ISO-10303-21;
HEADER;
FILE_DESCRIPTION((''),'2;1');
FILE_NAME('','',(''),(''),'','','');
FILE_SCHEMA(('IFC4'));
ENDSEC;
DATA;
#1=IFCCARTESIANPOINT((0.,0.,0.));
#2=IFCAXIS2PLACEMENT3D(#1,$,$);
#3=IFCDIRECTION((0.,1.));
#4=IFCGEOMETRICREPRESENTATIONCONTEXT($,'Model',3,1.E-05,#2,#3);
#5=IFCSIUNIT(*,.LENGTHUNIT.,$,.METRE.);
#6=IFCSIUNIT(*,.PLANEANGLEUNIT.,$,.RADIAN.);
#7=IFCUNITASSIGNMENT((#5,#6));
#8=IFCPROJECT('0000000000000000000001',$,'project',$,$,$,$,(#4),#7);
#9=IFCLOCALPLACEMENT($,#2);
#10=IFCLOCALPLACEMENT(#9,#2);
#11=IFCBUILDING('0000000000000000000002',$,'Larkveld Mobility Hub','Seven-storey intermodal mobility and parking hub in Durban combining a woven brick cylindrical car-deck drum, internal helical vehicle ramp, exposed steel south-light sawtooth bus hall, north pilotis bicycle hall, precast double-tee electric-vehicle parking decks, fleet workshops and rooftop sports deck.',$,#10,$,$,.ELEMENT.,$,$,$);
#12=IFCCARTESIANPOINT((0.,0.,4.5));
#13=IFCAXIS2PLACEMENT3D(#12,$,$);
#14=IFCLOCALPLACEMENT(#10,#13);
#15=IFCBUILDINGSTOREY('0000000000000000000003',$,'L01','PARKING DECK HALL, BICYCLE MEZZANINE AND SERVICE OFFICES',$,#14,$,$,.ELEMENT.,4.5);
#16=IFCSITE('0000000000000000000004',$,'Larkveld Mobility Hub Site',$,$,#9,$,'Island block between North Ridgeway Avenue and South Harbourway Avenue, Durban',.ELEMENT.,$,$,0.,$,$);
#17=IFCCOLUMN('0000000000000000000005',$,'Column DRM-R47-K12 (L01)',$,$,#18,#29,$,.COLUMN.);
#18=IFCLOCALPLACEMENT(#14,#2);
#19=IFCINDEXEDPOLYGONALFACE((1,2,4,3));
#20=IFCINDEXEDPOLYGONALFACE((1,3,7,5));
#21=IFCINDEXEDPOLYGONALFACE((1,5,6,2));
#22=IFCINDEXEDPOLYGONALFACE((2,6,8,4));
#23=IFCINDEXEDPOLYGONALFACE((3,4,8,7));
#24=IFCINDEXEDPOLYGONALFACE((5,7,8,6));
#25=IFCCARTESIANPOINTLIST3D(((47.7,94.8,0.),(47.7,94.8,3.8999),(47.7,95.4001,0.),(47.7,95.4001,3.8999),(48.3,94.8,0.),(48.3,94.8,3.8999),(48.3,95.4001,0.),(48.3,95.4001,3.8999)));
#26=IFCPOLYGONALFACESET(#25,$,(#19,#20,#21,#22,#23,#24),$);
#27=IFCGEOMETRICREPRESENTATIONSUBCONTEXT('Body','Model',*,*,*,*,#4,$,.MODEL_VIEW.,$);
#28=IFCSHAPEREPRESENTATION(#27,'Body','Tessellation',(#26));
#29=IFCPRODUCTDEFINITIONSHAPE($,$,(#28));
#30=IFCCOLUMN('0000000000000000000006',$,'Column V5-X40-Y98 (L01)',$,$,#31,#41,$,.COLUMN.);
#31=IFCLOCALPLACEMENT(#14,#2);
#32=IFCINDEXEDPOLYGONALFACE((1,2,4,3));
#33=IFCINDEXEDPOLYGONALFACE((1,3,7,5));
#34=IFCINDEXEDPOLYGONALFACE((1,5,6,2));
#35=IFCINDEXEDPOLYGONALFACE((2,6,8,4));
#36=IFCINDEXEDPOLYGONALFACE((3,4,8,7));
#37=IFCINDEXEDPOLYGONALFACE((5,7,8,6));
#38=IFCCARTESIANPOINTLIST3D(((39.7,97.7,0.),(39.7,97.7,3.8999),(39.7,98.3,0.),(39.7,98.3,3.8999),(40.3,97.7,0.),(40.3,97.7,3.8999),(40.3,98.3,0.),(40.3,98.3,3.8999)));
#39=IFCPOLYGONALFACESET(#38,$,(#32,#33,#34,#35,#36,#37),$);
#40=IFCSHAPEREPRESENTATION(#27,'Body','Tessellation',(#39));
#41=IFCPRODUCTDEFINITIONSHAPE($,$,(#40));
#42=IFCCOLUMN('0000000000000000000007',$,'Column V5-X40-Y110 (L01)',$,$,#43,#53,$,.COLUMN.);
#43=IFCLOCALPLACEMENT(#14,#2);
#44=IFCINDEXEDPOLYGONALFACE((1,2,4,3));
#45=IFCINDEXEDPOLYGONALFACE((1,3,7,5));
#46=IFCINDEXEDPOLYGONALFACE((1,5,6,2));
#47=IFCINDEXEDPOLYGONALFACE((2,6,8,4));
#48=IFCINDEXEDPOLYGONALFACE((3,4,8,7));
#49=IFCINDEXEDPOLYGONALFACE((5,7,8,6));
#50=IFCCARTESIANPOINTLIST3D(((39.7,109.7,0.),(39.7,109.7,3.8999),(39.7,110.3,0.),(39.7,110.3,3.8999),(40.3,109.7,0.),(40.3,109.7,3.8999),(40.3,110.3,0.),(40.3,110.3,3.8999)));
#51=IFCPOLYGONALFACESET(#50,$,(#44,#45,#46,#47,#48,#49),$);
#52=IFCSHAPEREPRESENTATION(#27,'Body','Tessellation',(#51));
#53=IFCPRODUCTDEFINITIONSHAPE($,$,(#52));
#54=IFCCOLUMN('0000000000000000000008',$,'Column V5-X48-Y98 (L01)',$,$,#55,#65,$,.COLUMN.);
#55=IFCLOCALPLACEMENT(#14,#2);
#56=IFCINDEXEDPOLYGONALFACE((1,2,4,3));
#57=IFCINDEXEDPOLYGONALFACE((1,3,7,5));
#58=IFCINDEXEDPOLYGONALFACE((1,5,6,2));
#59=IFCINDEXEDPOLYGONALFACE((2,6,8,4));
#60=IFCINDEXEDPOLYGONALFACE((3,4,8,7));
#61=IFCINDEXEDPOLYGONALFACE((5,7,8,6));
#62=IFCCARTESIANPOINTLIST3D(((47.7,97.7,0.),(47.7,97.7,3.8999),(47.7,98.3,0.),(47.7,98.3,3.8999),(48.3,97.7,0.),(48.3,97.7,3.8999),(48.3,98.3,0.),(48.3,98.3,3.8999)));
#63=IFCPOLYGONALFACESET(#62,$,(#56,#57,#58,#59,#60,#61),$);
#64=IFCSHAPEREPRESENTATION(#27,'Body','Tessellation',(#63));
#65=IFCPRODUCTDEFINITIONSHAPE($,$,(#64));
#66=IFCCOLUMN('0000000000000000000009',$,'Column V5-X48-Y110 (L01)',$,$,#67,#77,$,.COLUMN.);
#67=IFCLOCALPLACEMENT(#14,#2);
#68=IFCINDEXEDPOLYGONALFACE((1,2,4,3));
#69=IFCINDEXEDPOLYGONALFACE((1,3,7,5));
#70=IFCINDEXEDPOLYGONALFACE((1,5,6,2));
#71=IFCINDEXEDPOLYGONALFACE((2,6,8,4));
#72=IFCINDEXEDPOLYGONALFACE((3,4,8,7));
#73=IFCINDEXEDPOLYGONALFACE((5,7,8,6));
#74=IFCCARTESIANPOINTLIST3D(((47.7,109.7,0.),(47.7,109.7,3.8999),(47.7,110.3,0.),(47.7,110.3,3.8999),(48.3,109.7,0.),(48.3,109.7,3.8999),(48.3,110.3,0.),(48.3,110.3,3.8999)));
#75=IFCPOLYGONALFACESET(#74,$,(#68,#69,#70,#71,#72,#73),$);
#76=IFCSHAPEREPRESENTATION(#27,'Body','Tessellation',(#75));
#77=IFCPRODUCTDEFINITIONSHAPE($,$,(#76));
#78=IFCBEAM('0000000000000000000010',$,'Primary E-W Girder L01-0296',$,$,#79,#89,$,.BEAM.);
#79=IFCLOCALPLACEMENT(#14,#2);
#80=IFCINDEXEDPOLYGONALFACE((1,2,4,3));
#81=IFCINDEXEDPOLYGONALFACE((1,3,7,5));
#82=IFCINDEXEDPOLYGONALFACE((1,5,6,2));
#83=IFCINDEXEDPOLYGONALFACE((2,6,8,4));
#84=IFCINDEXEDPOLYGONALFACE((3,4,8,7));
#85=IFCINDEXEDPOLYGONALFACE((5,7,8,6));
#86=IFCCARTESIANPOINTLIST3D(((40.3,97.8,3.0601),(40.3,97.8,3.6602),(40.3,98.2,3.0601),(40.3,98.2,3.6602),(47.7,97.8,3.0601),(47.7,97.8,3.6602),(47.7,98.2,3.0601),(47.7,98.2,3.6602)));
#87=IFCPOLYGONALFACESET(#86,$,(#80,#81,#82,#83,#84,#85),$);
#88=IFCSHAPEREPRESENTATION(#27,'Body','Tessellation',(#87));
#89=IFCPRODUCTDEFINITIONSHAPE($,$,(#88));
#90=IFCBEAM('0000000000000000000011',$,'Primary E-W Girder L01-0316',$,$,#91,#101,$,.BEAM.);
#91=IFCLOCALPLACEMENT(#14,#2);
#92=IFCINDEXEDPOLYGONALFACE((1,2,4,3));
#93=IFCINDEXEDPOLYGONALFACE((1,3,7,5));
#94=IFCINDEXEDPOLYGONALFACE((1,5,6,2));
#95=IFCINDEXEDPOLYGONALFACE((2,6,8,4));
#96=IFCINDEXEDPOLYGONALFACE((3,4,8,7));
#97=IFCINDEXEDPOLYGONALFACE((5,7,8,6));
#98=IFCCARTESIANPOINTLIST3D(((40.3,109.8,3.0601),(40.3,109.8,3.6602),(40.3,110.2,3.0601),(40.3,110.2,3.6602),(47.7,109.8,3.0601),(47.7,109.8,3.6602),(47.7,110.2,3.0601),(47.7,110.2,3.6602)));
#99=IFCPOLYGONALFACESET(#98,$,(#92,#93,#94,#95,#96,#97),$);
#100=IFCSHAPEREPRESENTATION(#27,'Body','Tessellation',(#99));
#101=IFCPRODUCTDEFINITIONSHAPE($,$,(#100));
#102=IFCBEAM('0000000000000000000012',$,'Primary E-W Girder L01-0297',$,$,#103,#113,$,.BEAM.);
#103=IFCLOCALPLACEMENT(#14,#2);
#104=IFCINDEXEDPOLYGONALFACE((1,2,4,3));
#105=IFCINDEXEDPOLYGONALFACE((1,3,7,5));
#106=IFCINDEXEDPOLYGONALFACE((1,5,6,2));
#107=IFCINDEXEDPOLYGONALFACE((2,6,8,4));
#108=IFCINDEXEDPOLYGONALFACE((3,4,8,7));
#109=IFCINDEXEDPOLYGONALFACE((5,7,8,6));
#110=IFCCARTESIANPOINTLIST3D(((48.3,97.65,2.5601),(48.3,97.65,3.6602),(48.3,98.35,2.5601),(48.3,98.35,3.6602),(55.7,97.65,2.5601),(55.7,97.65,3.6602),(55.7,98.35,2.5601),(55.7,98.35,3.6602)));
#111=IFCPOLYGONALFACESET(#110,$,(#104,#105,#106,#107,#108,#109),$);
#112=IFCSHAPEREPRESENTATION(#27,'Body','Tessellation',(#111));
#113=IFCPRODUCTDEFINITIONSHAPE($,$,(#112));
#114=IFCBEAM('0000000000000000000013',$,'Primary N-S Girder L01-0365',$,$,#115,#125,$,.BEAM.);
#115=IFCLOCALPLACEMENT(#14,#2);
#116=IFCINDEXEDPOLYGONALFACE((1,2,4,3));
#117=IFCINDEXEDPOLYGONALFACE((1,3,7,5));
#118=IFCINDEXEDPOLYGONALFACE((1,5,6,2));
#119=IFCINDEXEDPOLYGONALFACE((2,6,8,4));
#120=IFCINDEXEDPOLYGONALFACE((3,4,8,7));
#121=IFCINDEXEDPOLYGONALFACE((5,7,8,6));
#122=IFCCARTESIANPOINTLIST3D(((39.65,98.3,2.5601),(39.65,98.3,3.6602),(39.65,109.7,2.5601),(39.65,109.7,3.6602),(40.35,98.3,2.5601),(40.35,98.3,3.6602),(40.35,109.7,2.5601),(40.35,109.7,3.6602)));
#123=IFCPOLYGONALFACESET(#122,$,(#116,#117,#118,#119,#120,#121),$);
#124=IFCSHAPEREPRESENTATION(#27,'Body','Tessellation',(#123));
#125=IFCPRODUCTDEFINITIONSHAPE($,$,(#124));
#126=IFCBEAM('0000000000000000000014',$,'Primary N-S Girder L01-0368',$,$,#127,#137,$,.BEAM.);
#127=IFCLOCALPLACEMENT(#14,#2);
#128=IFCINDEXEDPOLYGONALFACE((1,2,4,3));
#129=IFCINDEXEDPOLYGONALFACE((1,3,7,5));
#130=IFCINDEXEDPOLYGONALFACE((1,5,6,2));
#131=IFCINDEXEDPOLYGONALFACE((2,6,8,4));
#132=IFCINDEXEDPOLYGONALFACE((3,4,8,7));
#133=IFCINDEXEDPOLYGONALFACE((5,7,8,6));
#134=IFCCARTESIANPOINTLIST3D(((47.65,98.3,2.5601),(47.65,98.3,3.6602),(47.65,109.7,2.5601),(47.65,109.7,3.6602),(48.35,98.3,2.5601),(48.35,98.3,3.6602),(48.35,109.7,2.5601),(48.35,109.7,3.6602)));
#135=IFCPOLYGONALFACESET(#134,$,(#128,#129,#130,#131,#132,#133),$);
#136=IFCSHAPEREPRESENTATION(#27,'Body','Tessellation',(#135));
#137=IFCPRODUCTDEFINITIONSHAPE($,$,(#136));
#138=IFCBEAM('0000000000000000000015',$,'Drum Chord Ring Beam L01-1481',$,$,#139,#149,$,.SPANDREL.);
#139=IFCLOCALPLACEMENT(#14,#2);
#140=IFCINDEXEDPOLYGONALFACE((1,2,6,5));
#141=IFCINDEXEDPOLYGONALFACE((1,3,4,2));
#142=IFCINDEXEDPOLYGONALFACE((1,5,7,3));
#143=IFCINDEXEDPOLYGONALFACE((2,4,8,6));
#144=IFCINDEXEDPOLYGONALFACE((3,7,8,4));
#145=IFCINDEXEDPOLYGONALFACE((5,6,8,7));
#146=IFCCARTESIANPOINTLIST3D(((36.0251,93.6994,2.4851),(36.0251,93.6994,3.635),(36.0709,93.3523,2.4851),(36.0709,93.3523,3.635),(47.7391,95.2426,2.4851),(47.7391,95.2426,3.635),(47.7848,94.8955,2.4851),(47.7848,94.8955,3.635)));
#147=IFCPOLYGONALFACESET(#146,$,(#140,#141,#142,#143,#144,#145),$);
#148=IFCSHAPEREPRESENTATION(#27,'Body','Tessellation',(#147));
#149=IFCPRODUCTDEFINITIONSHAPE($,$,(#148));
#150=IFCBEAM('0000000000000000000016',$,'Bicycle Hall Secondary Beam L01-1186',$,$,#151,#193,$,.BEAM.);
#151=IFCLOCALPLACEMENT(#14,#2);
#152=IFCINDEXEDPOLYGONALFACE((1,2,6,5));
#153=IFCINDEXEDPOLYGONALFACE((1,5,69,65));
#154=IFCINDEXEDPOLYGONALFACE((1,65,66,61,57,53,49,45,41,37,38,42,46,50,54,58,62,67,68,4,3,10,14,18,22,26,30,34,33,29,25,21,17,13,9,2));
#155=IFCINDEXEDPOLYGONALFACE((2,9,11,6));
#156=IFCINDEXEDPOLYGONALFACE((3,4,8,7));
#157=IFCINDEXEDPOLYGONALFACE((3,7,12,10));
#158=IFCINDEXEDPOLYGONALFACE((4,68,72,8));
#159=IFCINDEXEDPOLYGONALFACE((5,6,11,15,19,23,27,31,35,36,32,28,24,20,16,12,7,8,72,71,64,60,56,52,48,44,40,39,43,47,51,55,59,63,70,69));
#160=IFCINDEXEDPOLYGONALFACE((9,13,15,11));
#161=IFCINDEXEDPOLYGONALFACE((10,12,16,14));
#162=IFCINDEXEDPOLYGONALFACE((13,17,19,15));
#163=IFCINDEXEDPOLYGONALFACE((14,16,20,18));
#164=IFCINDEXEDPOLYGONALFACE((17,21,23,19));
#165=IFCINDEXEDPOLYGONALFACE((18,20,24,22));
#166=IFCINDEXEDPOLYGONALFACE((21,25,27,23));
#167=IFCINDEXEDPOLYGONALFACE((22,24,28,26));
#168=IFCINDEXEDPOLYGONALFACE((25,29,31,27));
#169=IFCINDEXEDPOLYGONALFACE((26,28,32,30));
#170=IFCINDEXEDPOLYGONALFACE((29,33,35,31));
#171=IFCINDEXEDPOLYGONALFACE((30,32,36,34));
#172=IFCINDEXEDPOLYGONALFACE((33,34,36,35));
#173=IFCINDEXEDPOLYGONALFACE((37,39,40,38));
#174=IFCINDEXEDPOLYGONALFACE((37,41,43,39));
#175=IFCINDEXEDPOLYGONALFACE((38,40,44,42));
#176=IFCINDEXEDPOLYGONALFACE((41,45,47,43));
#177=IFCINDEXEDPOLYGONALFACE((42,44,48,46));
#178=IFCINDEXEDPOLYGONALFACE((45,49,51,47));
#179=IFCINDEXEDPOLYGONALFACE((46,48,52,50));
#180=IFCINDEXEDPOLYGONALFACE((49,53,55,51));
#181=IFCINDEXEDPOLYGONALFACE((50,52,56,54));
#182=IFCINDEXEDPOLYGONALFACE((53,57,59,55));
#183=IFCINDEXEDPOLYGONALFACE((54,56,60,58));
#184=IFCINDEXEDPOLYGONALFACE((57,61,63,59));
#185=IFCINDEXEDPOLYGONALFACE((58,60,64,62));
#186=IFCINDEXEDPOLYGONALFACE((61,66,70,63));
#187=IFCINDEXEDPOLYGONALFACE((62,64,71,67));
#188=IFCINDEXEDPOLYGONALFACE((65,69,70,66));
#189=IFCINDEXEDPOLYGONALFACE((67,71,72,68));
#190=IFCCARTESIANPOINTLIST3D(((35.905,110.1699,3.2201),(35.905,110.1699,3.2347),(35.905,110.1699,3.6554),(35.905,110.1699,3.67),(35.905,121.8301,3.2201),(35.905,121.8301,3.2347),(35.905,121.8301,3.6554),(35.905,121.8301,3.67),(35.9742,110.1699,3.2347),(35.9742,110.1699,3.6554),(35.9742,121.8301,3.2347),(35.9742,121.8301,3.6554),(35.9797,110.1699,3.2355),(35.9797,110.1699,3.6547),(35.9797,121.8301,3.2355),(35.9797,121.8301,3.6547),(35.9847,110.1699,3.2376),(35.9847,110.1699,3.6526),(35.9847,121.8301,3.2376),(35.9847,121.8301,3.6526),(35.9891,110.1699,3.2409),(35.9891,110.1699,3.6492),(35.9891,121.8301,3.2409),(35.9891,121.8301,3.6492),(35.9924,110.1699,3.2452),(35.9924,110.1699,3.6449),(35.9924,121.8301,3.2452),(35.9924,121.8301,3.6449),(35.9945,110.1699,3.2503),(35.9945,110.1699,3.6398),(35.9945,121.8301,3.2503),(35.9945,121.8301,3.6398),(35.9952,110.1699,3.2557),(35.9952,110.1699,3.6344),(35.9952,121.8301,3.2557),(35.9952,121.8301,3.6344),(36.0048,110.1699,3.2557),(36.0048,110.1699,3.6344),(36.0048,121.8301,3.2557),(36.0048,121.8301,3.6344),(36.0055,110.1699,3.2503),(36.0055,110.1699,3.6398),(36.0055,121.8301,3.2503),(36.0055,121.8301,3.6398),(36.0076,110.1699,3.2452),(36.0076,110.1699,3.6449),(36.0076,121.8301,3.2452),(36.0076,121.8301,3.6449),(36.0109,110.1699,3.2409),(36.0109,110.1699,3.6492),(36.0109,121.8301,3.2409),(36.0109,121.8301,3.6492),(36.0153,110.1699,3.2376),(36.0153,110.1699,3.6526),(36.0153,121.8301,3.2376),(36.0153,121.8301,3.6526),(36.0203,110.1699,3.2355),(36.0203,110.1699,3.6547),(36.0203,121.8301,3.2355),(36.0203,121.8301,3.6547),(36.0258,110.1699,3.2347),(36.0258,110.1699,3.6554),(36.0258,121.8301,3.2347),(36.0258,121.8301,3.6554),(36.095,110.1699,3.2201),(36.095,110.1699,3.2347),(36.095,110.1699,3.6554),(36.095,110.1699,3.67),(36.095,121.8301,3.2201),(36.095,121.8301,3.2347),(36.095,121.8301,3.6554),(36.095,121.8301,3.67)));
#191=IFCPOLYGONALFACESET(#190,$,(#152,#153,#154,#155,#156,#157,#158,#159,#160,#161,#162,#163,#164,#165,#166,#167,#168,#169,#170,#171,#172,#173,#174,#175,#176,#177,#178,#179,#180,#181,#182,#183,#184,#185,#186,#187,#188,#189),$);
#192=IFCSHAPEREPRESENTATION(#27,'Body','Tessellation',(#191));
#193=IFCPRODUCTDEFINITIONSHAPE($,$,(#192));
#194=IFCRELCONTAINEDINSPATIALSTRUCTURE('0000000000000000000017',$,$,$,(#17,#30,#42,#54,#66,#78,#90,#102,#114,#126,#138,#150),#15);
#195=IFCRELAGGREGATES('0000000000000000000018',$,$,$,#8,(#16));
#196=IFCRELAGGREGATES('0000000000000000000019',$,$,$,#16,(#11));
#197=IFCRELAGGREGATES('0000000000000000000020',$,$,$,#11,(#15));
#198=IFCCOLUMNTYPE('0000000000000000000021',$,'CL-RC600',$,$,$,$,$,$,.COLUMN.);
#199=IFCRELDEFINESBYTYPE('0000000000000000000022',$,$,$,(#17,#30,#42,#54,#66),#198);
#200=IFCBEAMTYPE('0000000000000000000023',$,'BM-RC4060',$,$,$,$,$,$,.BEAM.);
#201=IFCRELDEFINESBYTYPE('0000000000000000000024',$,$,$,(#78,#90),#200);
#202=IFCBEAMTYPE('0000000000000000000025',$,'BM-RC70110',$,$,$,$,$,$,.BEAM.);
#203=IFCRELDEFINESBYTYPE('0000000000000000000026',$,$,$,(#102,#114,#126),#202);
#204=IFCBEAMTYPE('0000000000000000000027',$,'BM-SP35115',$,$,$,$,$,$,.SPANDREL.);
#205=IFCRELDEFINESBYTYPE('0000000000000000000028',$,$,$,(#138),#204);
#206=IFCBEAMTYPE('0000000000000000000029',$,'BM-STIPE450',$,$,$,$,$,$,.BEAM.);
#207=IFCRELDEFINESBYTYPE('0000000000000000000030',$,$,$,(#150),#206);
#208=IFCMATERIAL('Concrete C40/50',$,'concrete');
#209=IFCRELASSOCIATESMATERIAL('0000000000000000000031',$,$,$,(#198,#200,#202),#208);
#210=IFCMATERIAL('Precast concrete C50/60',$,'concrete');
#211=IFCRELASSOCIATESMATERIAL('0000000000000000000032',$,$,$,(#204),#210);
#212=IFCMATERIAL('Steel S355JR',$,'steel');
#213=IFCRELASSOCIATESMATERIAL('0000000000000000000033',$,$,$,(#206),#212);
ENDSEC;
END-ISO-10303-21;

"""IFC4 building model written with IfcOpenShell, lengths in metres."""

from ifc_helpers import new_model, si_unit, direction, frame, origin, origin_2d, place, context, subcontext, project, spatial, rectangle, i_section, extrude, material, material_profile, profile_set, type_object, element, save


model = new_model("IFC4")

# Units and contexts
model_context = context("Model", 3, precision=1e-05, world=origin(), true_north=direction((0.0, 1.0)))
body_context = subcontext(model_context, "Body", "Model", "MODEL_VIEW")
ifc_project = project(units=[si_unit("LENGTHUNIT", "METRE"), si_unit("PLANEANGLEUNIT", "RADIAN")], contexts=[model_context])

# Site, building, storey
site_placement = place(None, origin())
site = spatial("IfcSite", under=ifc_project, at=site_placement, Name="Larkveld Mobility Hub Site", LongName="Island block between North Ridgeway Avenue and South Harbourway Avenue, Durban", CompositionType="ELEMENT", RefElevation=0.0)
building_placement = place(site_placement, origin())
building = spatial("IfcBuilding", under=site, at=building_placement, Name="Larkveld Mobility Hub", Description="Seven-storey intermodal mobility and parking hub in Durban combining a woven brick cylindrical car-deck drum, internal helical vehicle ramp, exposed steel south-light sawtooth bus hall, north pilotis bicycle hall, precast double-tee electric-vehicle parking decks, fleet workshops and rooftop sports deck.", CompositionType="ELEMENT")
storey_placement = place(building_placement, frame((0.0, 0.0, 4.5)))
storey = spatial("IfcBuildingStorey", under=building, at=storey_placement, Name="L01", Description="PARKING DECK HALL, BICYCLE MEZZANINE AND SERVICE OFFICES", CompositionType="ELEMENT", Elevation=4.5)

# Columns
ifc_material_1 = material(Name="Concrete C40/50", Category="concrete")
ifc_material_profile_1 = material_profile(ifc_material_1, rectangle(XDim=0.6001, YDim=0.6001, at=origin_2d()), Name="RC COL 600x600")
ifc_profile_set_1 = profile_set([ifc_material_profile_1], Name="Concrete C40/50")
column_type = type_object("IfcColumnType", Name="CL-RC600", PredefinedType="COLUMN", material=ifc_profile_set_1)
for number, where, z_axis, x_axis, name in (
    (1, (48.0, 95.1001, 0.0), (0.0, 0.0, 1.0), (0.0, 1.0, 0.0), "Column DRM-R47-K12 (L01)"),
    (2, (40.0, 98.0, 0.0), (0.0, 0.0, 1.0), (1.0, 0.0, 0.0), "Column V5-X40-Y98 (L01)"),
    (3, (40.0, 110.0, 0.0), (0.0, 0.0, 1.0), (1.0, 0.0, 0.0), "Column V5-X40-Y110 (L01)"),
    (4, (48.0, 98.0, 0.0), (0.0, 0.0, 1.0), (1.0, 0.0, 0.0), "Column V5-X48-Y98 (L01)"),
    (5, (48.0, 110.0, 0.0), (0.0, 0.0, 1.0), (1.0, 0.0, 0.0), "Column V5-X48-Y110 (L01)"),
):
    element("IfcColumn", number, at=place(storey_placement, frame(where, z_axis=z_axis, x_axis=x_axis)), inside=storey, type_object=column_type, Name=name, PredefinedType="COLUMN", context=body_context, shape_type="SweptSolid", body=[
        extrude(rectangle(XDim=0.6001, YDim=0.6001, at=origin_2d()), origin(), (0.0, 0.0, 1.0), 3.8999),
    ])

# Beams
ifc_material_profile_2 = material_profile(ifc_material_1, rectangle(XDim=0.3999, YDim=0.6001, at=origin_2d()), Name="RC BM 400x600")
ifc_profile_set_2 = profile_set([ifc_material_profile_2], Name="Concrete C40/50")
beam_type_1 = type_object("IfcBeamType", Name="BM-RC4060", PredefinedType="BEAM", material=ifc_profile_set_2)
for number, where, z_axis, x_axis, name in (
    (6, (40.3, 98.0, 3.3601), (1.0, 0.0, 0.0), (0.0, 1.0, 0.0), "Primary E-W Girder L01-0296"),
    (7, (40.3, 110.0, 3.3601), (1.0, 0.0, 0.0), (0.0, 1.0, 0.0), "Primary E-W Girder L01-0316"),
):
    element("IfcBeam", number, at=place(storey_placement, frame(where, z_axis=z_axis, x_axis=x_axis)), inside=storey, type_object=beam_type_1, Name=name, PredefinedType="BEAM", context=body_context, shape_type="SweptSolid", body=[
        extrude(rectangle(XDim=0.3999, YDim=0.6001, at=origin_2d()), origin(), (0.0, 0.0, 1.0), 7.3999),
    ])
ifc_material_profile_3 = material_profile(ifc_material_1, rectangle(XDim=0.7, YDim=1.1001, at=origin_2d()), Name="RC BM 700x1100")
ifc_profile_set_3 = profile_set([ifc_material_profile_3], Name="Concrete C40/50")
beam_type_2 = type_object("IfcBeamType", Name="BM-RC70110", PredefinedType="BEAM", material=ifc_profile_set_3)
beam_1_placement = place(storey_placement, frame((48.3, 98.0, 3.1101), z_axis=(1.0, 0.0, 0.0), x_axis=(0.0, 1.0, 0.0)))
element("IfcBeam", 8, at=beam_1_placement, inside=storey, type_object=beam_type_2, Name="Primary E-W Girder L01-0297", PredefinedType="BEAM", context=body_context, shape_type="SweptSolid", body=[
    extrude(rectangle(XDim=0.7, YDim=1.1001, at=origin_2d()), origin(), (0.0, 0.0, 1.0), 7.3999),
])
for number, where, z_axis, x_axis, name in (
    (9, (40.0, 98.3, 3.1101), (0.0, 1.0, 0.0), (-1.0, 0.0, 0.0), "Primary N-S Girder L01-0365"),
    (10, (48.0, 98.3, 3.1101), (0.0, 1.0, 0.0), (-1.0, 0.0, 0.0), "Primary N-S Girder L01-0368"),
):
    element("IfcBeam", number, at=place(storey_placement, frame(where, z_axis=z_axis, x_axis=x_axis)), inside=storey, type_object=beam_type_2, Name=name, PredefinedType="BEAM", context=body_context, shape_type="SweptSolid", body=[
        extrude(rectangle(XDim=0.7, YDim=1.1001, at=origin_2d()), origin(), (0.0, 0.0, 1.0), 11.3999),
    ])
ifc_material_2 = material(Name="Precast concrete C50/60", Category="concrete")
ifc_material_profile_4 = material_profile(ifc_material_2, rectangle(XDim=0.3501, YDim=1.1499, at=origin_2d()), Name="PC SP 350x1150")
ifc_profile_set_4 = profile_set([ifc_material_profile_4], Name="Precast concrete C50/60")
beam_type_3 = type_object("IfcBeamType", Name="BM-SP35115", PredefinedType="SPANDREL", material=ifc_profile_set_4)
beam_2_placement = place(storey_placement, frame((47.762, 95.0691, 3.0601), z_axis=(-0.991433, -0.130614, 0.0), x_axis=(0.130614, -0.991433, 0.0)))
element("IfcBeam", 11, at=beam_2_placement, inside=storey, type_object=beam_type_3, Name="Drum Chord Ring Beam L01-1481", PredefinedType="SPANDREL", context=body_context, shape_type="SweptSolid", body=[
    extrude(rectangle(XDim=0.3501, YDim=1.1499, at=origin_2d()), origin(), (0.0, 0.0, 1.0), 11.8152),
])
ifc_material_3 = material(Name="Steel S355JR", Category="steel")
ifc_material_profile_5 = material_profile(ifc_material_3, i_section(OverallWidth=0.1899, OverallDepth=0.45, WebThickness=0.0095, FlangeThickness=0.0146, FilletRadius=0.021, at=origin_2d()), Name="IPE 450")
ifc_profile_set_5 = profile_set([ifc_material_profile_5], Name="Steel S355JR")
beam_type_4 = type_object("IfcBeamType", Name="BM-STIPE450", PredefinedType="BEAM", material=ifc_profile_set_5)
beam_3_placement = place(storey_placement, frame((36.0, 110.1699, 3.4451), z_axis=(0.0, 1.0, 0.0), x_axis=(-1.0, 0.0, 0.0)))
element("IfcBeam", 12, at=beam_3_placement, inside=storey, type_object=beam_type_4, Name="Bicycle Hall Secondary Beam L01-1186", PredefinedType="BEAM", context=body_context, shape_type="SweptSolid", body=[
    extrude(i_section(OverallWidth=0.1899, OverallDepth=0.45, WebThickness=0.0095, FlangeThickness=0.0146, FilletRadius=0.021, at=origin_2d()), origin(), (0.0, 0.0, 1.0), 11.6602),
])

save(model, "model.ifc")
